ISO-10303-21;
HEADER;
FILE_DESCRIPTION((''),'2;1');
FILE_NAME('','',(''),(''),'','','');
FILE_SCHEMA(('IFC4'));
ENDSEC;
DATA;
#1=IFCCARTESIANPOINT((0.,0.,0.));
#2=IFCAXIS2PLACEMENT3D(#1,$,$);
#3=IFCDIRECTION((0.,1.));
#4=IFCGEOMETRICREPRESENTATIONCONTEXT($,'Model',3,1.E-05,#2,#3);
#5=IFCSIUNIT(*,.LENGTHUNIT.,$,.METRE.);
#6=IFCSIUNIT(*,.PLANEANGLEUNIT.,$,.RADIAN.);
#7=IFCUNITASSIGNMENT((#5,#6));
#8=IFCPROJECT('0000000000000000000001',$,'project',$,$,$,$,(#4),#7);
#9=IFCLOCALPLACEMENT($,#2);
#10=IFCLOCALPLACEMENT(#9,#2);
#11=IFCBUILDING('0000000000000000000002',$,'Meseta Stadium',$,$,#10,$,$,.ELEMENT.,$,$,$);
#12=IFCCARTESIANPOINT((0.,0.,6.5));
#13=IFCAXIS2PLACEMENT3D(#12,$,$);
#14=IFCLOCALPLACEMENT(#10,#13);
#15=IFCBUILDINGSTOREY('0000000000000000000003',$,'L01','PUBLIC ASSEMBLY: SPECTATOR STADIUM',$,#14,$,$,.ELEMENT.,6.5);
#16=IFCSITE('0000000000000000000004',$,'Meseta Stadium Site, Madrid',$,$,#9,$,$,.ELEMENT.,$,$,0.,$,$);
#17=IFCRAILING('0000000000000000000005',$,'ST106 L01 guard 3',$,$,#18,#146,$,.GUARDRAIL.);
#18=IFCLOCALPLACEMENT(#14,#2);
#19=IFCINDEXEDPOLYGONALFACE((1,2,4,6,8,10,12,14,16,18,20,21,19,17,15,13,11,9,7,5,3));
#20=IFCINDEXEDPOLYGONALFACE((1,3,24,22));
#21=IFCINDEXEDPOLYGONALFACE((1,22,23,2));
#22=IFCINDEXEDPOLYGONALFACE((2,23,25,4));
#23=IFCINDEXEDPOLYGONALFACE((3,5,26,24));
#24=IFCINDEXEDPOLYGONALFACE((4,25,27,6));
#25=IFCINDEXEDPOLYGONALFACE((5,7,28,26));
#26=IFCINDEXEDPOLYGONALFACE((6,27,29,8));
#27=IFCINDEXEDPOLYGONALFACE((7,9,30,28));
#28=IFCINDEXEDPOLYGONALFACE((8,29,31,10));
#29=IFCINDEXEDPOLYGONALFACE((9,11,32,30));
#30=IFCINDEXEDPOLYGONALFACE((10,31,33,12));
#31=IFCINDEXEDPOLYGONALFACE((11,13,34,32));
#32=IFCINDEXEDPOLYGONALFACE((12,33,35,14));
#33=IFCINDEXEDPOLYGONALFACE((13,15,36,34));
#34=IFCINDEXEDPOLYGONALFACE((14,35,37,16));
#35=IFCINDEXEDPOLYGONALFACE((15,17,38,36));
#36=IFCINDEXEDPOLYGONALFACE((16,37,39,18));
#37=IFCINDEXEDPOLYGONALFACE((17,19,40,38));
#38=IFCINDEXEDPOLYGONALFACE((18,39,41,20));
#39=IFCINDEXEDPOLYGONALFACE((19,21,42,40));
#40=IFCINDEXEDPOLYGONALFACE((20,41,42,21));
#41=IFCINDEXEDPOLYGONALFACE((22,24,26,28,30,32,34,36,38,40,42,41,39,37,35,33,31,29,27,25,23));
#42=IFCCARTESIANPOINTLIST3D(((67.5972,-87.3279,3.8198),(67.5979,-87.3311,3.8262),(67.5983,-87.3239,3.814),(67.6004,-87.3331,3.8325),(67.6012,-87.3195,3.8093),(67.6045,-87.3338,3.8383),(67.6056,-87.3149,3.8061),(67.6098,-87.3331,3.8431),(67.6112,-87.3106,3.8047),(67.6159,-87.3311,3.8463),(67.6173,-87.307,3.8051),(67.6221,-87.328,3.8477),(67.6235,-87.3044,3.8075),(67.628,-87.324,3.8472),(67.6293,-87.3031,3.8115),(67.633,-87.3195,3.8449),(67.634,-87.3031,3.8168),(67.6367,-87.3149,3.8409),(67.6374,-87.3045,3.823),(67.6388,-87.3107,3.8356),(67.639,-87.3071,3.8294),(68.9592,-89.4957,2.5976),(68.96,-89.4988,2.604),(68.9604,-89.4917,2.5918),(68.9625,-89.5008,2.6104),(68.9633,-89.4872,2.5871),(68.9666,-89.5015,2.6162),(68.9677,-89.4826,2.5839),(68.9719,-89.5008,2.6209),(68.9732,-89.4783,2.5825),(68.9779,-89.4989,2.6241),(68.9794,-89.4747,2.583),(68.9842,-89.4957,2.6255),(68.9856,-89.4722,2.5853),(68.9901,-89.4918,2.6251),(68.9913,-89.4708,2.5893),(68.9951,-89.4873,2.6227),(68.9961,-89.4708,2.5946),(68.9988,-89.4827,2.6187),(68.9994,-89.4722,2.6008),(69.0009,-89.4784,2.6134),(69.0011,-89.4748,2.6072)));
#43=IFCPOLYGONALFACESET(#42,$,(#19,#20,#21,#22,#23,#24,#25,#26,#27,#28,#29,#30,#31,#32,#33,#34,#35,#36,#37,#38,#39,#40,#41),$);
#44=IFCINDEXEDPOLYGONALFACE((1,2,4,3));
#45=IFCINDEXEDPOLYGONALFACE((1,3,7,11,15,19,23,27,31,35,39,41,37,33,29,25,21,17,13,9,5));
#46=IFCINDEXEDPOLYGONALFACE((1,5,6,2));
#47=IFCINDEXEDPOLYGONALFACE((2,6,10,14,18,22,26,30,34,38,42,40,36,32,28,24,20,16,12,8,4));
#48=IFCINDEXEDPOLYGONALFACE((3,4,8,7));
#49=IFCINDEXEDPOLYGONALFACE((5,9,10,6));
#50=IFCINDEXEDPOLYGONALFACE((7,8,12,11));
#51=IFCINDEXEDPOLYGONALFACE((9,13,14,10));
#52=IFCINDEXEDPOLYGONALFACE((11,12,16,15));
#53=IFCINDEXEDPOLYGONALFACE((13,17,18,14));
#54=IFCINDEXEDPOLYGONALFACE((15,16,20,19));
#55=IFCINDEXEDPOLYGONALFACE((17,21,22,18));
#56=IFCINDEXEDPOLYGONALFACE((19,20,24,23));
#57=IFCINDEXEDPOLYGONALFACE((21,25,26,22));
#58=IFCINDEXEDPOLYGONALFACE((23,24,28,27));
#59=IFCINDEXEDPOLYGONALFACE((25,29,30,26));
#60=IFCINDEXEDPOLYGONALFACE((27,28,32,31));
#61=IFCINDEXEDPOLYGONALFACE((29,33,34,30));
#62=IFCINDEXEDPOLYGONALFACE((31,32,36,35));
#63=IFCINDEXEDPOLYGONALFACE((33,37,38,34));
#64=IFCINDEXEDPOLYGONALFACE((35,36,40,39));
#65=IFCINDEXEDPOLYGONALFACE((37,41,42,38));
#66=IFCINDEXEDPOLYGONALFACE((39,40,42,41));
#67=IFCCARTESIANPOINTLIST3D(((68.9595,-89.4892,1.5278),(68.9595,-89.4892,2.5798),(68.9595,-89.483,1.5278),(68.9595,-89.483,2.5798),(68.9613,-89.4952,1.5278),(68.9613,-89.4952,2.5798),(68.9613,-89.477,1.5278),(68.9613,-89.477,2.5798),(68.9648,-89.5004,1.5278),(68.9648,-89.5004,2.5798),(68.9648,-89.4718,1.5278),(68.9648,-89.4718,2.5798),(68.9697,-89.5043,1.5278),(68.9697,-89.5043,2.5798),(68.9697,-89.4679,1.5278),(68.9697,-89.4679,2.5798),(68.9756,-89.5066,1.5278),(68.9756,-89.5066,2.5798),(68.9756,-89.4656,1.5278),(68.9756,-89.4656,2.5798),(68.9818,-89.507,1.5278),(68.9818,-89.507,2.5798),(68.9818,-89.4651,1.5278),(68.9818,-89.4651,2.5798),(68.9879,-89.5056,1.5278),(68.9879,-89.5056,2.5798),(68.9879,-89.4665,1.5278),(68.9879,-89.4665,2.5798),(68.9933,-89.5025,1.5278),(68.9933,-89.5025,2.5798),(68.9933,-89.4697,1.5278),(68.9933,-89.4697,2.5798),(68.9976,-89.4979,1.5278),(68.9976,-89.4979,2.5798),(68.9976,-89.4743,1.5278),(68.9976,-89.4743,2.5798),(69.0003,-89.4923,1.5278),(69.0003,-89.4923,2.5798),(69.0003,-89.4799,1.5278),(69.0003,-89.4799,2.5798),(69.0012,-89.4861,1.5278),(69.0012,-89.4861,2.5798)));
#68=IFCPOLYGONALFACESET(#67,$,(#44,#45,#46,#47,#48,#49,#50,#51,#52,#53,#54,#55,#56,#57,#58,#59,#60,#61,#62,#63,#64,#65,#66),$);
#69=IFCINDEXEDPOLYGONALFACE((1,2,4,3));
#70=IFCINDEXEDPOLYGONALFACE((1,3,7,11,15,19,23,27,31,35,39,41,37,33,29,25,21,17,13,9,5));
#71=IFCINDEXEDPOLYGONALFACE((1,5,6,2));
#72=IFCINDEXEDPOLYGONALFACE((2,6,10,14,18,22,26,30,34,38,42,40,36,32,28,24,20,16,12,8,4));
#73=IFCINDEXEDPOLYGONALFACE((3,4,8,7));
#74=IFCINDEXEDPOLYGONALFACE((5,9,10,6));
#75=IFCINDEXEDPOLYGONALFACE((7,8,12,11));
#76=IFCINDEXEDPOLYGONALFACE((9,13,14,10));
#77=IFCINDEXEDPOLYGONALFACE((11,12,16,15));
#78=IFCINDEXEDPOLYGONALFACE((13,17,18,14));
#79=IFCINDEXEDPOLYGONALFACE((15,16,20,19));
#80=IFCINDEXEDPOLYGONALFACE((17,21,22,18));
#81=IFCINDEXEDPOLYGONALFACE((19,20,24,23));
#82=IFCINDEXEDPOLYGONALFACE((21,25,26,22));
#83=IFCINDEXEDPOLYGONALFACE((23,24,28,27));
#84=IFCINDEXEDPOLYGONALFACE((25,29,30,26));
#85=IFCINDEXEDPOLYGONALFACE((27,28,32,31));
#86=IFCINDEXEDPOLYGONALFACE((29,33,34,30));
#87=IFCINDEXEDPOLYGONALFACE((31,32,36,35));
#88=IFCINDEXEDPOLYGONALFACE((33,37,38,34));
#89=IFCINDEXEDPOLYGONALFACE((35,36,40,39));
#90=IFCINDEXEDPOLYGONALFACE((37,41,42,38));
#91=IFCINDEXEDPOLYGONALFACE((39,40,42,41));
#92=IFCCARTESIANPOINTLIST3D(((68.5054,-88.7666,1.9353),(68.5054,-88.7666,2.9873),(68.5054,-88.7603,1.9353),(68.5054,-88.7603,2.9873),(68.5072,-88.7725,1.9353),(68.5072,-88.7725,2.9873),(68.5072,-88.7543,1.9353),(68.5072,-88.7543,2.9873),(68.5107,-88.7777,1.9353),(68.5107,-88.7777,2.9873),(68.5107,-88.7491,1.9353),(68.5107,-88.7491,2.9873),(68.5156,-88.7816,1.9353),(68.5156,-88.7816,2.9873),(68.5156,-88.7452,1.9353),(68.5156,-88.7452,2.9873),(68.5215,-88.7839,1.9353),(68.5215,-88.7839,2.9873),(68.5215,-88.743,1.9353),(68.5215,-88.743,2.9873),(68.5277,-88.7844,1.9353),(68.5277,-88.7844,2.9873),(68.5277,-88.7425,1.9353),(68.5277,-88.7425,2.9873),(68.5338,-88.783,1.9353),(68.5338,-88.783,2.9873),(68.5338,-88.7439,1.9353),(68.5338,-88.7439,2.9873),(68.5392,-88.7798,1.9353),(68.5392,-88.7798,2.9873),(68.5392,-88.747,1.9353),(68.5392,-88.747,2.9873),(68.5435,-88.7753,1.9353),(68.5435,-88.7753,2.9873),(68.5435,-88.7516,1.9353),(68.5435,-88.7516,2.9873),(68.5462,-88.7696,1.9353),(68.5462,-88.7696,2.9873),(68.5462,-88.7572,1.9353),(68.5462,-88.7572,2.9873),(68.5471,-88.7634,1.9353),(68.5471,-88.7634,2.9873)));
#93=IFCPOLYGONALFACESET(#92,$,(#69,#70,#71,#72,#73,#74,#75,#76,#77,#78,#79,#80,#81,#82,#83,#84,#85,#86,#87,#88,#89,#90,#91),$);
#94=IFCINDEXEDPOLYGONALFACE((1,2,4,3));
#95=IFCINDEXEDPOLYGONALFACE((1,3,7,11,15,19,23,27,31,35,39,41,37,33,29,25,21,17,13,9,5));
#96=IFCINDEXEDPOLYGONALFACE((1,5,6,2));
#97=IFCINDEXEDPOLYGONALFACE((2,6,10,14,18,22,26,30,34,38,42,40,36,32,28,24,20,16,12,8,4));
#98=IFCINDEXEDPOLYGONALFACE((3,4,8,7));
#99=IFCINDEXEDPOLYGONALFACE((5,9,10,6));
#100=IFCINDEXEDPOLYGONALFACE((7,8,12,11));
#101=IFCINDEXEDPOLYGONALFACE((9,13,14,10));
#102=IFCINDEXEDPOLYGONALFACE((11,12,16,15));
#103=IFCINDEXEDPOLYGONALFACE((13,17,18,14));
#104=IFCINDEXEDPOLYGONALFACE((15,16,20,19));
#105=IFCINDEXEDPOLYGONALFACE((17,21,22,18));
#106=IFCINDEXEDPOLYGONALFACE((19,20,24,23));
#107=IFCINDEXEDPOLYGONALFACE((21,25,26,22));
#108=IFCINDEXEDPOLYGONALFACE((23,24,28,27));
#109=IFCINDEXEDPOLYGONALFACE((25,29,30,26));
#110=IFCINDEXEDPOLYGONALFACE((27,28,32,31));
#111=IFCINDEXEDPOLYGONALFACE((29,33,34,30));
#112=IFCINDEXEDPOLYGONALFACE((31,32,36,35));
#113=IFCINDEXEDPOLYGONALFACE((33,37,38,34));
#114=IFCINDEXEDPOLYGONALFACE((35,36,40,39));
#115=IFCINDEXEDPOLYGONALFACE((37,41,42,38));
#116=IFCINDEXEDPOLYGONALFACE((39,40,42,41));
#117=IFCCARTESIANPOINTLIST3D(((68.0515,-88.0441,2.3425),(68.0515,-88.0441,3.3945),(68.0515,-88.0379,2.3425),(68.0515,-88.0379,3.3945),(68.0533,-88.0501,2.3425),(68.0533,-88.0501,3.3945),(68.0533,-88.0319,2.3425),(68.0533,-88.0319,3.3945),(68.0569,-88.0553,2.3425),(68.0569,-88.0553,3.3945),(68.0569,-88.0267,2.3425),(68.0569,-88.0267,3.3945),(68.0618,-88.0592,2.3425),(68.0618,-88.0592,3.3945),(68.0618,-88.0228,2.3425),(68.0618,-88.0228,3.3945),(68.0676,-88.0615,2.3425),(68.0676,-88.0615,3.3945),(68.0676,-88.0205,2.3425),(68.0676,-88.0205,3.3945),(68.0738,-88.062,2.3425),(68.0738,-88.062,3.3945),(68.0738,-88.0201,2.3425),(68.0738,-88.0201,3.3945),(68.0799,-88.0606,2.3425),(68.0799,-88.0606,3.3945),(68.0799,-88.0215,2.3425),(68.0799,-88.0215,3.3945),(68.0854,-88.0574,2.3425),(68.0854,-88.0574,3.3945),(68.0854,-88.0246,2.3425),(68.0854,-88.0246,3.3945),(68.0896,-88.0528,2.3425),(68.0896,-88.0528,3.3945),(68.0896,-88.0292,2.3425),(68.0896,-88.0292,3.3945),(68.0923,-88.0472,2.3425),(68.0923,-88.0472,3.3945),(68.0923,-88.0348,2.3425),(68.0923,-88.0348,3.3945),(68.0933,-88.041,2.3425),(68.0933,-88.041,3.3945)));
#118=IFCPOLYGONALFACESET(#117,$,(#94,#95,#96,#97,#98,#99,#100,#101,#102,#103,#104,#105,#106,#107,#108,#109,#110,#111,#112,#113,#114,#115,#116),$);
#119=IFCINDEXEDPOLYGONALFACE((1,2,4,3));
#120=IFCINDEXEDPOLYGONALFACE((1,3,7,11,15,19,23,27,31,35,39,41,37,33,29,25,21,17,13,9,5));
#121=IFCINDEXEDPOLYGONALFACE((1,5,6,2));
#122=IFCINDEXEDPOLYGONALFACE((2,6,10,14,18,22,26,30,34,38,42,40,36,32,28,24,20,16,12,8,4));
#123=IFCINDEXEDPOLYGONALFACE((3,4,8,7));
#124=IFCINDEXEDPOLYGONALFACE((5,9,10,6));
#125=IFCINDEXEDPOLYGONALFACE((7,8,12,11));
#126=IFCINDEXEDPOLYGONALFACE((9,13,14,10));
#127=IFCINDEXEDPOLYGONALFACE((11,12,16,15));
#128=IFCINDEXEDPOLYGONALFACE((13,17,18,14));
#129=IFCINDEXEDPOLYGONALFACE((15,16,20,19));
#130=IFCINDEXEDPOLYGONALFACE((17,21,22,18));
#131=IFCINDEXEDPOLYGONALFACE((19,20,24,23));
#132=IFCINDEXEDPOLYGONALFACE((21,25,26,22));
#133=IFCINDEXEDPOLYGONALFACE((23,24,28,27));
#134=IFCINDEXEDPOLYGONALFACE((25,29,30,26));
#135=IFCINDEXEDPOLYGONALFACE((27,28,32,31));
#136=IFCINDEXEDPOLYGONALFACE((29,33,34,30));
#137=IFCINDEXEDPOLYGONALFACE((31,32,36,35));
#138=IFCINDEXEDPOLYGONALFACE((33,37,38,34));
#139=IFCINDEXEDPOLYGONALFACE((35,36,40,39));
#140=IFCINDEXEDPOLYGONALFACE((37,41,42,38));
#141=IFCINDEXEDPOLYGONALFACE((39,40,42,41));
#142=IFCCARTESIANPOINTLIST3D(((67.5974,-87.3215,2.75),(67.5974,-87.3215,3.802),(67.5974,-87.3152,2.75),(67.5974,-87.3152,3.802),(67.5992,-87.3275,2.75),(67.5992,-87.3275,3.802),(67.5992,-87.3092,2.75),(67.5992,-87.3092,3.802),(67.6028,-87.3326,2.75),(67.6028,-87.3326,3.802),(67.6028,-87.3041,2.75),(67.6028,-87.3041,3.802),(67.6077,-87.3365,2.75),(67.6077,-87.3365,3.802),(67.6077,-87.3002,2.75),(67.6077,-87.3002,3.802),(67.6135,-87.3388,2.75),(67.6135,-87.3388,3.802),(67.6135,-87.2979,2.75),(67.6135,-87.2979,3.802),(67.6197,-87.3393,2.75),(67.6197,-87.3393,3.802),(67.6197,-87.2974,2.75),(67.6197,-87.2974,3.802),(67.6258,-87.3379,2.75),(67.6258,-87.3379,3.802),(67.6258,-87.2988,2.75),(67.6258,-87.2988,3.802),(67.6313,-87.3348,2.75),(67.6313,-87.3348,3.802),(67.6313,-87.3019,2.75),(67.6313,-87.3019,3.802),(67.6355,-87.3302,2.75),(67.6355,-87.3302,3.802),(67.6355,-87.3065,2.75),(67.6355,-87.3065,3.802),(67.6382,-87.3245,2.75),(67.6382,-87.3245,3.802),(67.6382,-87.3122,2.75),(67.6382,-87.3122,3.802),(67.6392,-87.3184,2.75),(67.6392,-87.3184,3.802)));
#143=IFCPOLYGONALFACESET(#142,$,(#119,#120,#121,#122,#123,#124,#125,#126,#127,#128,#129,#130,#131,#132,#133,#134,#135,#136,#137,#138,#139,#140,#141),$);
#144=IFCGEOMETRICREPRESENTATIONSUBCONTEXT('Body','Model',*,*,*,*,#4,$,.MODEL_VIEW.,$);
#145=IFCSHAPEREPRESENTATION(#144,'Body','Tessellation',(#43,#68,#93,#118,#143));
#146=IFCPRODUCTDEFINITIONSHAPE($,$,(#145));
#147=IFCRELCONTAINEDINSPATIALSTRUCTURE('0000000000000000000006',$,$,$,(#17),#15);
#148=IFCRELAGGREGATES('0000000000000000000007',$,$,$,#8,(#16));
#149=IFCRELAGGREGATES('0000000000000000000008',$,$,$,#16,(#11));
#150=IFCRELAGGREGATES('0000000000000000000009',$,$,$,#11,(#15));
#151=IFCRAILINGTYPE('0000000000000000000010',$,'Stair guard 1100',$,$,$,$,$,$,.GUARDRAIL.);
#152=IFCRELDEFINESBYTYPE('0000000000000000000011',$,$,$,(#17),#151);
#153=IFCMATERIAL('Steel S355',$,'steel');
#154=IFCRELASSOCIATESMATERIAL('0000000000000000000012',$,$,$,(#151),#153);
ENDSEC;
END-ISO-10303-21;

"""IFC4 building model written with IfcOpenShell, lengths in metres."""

from ifc_helpers import new_model, si_unit, direction, frame, origin, origin_2d, place, context, subcontext, project, spatial, circle, extrude, material, type_object, element, save


model = new_model("IFC4")

# Units and contexts
model_context = context("Model", 3, precision=1e-05, world=origin(), true_north=direction((0.0, 1.0)))
body_context = subcontext(model_context, "Body", "Model", "MODEL_VIEW")
ifc_project = project(units=[si_unit("LENGTHUNIT", "METRE"), si_unit("PLANEANGLEUNIT", "RADIAN")], contexts=[model_context])

# Site, building, storey
site_placement = place(None, origin())
site = spatial("IfcSite", under=ifc_project, at=site_placement, Name="Meseta Stadium Site, Madrid", CompositionType="ELEMENT", RefElevation=0.0)
building_placement = place(site_placement, origin())
building = spatial("IfcBuilding", under=site, at=building_placement, Name="Meseta Stadium", CompositionType="ELEMENT")
storey_placement = place(building_placement, frame((0.0, 0.0, 6.5)))
storey = spatial("IfcBuildingStorey", under=building, at=storey_placement, Name="L01", Description="PUBLIC ASSEMBLY: SPECTATOR STADIUM", CompositionType="ELEMENT", Elevation=6.5)

# Railing
ifc_material_1 = material(Name="Steel S355", Category="steel")
railing_type_1 = type_object("IfcRailingType", Name="Stair guard 1100", PredefinedType="GUARDRAIL", material=ifc_material_1)
railing_1_placement = place(storey_placement, frame((68.9802, -89.4861, 1.5278)))
element("IfcRailing", 1, at=railing_1_placement, inside=storey, type_object=railing_type_1, Name="ST106 L01 guard 3", PredefinedType="GUARDRAIL", context=body_context, shape_type="SweptSolid", body=[
    extrude(circle(Radius=0.0239, at=origin_2d()), frame((0.0, 0.0, 1.0762), z_axis=(-0.480125, 0.764121, 0.430813), x_axis=(-0.846726, -0.532029, 0.0)), (0.0, 0.0, 1.0), 2.8369),
    extrude(circle(Radius=0.021, at=origin_2d()), origin(), (0.0, 0.0, 1.0), 1.052),
    extrude(circle(Radius=0.021, at=origin_2d()), frame((-0.4541, 0.7227, 0.4075)), (0.0, 0.0, 1.0), 1.052),
    extrude(circle(Radius=0.021, at=origin_2d()), frame((-0.908, 1.4451, 0.8147)), (0.0, 0.0, 1.0), 1.052),
    extrude(circle(Radius=0.021, at=origin_2d()), frame((-1.3621, 2.1677, 1.2222)), (0.0, 0.0, 1.0), 1.052),
])

save(model, "model.ifc")
